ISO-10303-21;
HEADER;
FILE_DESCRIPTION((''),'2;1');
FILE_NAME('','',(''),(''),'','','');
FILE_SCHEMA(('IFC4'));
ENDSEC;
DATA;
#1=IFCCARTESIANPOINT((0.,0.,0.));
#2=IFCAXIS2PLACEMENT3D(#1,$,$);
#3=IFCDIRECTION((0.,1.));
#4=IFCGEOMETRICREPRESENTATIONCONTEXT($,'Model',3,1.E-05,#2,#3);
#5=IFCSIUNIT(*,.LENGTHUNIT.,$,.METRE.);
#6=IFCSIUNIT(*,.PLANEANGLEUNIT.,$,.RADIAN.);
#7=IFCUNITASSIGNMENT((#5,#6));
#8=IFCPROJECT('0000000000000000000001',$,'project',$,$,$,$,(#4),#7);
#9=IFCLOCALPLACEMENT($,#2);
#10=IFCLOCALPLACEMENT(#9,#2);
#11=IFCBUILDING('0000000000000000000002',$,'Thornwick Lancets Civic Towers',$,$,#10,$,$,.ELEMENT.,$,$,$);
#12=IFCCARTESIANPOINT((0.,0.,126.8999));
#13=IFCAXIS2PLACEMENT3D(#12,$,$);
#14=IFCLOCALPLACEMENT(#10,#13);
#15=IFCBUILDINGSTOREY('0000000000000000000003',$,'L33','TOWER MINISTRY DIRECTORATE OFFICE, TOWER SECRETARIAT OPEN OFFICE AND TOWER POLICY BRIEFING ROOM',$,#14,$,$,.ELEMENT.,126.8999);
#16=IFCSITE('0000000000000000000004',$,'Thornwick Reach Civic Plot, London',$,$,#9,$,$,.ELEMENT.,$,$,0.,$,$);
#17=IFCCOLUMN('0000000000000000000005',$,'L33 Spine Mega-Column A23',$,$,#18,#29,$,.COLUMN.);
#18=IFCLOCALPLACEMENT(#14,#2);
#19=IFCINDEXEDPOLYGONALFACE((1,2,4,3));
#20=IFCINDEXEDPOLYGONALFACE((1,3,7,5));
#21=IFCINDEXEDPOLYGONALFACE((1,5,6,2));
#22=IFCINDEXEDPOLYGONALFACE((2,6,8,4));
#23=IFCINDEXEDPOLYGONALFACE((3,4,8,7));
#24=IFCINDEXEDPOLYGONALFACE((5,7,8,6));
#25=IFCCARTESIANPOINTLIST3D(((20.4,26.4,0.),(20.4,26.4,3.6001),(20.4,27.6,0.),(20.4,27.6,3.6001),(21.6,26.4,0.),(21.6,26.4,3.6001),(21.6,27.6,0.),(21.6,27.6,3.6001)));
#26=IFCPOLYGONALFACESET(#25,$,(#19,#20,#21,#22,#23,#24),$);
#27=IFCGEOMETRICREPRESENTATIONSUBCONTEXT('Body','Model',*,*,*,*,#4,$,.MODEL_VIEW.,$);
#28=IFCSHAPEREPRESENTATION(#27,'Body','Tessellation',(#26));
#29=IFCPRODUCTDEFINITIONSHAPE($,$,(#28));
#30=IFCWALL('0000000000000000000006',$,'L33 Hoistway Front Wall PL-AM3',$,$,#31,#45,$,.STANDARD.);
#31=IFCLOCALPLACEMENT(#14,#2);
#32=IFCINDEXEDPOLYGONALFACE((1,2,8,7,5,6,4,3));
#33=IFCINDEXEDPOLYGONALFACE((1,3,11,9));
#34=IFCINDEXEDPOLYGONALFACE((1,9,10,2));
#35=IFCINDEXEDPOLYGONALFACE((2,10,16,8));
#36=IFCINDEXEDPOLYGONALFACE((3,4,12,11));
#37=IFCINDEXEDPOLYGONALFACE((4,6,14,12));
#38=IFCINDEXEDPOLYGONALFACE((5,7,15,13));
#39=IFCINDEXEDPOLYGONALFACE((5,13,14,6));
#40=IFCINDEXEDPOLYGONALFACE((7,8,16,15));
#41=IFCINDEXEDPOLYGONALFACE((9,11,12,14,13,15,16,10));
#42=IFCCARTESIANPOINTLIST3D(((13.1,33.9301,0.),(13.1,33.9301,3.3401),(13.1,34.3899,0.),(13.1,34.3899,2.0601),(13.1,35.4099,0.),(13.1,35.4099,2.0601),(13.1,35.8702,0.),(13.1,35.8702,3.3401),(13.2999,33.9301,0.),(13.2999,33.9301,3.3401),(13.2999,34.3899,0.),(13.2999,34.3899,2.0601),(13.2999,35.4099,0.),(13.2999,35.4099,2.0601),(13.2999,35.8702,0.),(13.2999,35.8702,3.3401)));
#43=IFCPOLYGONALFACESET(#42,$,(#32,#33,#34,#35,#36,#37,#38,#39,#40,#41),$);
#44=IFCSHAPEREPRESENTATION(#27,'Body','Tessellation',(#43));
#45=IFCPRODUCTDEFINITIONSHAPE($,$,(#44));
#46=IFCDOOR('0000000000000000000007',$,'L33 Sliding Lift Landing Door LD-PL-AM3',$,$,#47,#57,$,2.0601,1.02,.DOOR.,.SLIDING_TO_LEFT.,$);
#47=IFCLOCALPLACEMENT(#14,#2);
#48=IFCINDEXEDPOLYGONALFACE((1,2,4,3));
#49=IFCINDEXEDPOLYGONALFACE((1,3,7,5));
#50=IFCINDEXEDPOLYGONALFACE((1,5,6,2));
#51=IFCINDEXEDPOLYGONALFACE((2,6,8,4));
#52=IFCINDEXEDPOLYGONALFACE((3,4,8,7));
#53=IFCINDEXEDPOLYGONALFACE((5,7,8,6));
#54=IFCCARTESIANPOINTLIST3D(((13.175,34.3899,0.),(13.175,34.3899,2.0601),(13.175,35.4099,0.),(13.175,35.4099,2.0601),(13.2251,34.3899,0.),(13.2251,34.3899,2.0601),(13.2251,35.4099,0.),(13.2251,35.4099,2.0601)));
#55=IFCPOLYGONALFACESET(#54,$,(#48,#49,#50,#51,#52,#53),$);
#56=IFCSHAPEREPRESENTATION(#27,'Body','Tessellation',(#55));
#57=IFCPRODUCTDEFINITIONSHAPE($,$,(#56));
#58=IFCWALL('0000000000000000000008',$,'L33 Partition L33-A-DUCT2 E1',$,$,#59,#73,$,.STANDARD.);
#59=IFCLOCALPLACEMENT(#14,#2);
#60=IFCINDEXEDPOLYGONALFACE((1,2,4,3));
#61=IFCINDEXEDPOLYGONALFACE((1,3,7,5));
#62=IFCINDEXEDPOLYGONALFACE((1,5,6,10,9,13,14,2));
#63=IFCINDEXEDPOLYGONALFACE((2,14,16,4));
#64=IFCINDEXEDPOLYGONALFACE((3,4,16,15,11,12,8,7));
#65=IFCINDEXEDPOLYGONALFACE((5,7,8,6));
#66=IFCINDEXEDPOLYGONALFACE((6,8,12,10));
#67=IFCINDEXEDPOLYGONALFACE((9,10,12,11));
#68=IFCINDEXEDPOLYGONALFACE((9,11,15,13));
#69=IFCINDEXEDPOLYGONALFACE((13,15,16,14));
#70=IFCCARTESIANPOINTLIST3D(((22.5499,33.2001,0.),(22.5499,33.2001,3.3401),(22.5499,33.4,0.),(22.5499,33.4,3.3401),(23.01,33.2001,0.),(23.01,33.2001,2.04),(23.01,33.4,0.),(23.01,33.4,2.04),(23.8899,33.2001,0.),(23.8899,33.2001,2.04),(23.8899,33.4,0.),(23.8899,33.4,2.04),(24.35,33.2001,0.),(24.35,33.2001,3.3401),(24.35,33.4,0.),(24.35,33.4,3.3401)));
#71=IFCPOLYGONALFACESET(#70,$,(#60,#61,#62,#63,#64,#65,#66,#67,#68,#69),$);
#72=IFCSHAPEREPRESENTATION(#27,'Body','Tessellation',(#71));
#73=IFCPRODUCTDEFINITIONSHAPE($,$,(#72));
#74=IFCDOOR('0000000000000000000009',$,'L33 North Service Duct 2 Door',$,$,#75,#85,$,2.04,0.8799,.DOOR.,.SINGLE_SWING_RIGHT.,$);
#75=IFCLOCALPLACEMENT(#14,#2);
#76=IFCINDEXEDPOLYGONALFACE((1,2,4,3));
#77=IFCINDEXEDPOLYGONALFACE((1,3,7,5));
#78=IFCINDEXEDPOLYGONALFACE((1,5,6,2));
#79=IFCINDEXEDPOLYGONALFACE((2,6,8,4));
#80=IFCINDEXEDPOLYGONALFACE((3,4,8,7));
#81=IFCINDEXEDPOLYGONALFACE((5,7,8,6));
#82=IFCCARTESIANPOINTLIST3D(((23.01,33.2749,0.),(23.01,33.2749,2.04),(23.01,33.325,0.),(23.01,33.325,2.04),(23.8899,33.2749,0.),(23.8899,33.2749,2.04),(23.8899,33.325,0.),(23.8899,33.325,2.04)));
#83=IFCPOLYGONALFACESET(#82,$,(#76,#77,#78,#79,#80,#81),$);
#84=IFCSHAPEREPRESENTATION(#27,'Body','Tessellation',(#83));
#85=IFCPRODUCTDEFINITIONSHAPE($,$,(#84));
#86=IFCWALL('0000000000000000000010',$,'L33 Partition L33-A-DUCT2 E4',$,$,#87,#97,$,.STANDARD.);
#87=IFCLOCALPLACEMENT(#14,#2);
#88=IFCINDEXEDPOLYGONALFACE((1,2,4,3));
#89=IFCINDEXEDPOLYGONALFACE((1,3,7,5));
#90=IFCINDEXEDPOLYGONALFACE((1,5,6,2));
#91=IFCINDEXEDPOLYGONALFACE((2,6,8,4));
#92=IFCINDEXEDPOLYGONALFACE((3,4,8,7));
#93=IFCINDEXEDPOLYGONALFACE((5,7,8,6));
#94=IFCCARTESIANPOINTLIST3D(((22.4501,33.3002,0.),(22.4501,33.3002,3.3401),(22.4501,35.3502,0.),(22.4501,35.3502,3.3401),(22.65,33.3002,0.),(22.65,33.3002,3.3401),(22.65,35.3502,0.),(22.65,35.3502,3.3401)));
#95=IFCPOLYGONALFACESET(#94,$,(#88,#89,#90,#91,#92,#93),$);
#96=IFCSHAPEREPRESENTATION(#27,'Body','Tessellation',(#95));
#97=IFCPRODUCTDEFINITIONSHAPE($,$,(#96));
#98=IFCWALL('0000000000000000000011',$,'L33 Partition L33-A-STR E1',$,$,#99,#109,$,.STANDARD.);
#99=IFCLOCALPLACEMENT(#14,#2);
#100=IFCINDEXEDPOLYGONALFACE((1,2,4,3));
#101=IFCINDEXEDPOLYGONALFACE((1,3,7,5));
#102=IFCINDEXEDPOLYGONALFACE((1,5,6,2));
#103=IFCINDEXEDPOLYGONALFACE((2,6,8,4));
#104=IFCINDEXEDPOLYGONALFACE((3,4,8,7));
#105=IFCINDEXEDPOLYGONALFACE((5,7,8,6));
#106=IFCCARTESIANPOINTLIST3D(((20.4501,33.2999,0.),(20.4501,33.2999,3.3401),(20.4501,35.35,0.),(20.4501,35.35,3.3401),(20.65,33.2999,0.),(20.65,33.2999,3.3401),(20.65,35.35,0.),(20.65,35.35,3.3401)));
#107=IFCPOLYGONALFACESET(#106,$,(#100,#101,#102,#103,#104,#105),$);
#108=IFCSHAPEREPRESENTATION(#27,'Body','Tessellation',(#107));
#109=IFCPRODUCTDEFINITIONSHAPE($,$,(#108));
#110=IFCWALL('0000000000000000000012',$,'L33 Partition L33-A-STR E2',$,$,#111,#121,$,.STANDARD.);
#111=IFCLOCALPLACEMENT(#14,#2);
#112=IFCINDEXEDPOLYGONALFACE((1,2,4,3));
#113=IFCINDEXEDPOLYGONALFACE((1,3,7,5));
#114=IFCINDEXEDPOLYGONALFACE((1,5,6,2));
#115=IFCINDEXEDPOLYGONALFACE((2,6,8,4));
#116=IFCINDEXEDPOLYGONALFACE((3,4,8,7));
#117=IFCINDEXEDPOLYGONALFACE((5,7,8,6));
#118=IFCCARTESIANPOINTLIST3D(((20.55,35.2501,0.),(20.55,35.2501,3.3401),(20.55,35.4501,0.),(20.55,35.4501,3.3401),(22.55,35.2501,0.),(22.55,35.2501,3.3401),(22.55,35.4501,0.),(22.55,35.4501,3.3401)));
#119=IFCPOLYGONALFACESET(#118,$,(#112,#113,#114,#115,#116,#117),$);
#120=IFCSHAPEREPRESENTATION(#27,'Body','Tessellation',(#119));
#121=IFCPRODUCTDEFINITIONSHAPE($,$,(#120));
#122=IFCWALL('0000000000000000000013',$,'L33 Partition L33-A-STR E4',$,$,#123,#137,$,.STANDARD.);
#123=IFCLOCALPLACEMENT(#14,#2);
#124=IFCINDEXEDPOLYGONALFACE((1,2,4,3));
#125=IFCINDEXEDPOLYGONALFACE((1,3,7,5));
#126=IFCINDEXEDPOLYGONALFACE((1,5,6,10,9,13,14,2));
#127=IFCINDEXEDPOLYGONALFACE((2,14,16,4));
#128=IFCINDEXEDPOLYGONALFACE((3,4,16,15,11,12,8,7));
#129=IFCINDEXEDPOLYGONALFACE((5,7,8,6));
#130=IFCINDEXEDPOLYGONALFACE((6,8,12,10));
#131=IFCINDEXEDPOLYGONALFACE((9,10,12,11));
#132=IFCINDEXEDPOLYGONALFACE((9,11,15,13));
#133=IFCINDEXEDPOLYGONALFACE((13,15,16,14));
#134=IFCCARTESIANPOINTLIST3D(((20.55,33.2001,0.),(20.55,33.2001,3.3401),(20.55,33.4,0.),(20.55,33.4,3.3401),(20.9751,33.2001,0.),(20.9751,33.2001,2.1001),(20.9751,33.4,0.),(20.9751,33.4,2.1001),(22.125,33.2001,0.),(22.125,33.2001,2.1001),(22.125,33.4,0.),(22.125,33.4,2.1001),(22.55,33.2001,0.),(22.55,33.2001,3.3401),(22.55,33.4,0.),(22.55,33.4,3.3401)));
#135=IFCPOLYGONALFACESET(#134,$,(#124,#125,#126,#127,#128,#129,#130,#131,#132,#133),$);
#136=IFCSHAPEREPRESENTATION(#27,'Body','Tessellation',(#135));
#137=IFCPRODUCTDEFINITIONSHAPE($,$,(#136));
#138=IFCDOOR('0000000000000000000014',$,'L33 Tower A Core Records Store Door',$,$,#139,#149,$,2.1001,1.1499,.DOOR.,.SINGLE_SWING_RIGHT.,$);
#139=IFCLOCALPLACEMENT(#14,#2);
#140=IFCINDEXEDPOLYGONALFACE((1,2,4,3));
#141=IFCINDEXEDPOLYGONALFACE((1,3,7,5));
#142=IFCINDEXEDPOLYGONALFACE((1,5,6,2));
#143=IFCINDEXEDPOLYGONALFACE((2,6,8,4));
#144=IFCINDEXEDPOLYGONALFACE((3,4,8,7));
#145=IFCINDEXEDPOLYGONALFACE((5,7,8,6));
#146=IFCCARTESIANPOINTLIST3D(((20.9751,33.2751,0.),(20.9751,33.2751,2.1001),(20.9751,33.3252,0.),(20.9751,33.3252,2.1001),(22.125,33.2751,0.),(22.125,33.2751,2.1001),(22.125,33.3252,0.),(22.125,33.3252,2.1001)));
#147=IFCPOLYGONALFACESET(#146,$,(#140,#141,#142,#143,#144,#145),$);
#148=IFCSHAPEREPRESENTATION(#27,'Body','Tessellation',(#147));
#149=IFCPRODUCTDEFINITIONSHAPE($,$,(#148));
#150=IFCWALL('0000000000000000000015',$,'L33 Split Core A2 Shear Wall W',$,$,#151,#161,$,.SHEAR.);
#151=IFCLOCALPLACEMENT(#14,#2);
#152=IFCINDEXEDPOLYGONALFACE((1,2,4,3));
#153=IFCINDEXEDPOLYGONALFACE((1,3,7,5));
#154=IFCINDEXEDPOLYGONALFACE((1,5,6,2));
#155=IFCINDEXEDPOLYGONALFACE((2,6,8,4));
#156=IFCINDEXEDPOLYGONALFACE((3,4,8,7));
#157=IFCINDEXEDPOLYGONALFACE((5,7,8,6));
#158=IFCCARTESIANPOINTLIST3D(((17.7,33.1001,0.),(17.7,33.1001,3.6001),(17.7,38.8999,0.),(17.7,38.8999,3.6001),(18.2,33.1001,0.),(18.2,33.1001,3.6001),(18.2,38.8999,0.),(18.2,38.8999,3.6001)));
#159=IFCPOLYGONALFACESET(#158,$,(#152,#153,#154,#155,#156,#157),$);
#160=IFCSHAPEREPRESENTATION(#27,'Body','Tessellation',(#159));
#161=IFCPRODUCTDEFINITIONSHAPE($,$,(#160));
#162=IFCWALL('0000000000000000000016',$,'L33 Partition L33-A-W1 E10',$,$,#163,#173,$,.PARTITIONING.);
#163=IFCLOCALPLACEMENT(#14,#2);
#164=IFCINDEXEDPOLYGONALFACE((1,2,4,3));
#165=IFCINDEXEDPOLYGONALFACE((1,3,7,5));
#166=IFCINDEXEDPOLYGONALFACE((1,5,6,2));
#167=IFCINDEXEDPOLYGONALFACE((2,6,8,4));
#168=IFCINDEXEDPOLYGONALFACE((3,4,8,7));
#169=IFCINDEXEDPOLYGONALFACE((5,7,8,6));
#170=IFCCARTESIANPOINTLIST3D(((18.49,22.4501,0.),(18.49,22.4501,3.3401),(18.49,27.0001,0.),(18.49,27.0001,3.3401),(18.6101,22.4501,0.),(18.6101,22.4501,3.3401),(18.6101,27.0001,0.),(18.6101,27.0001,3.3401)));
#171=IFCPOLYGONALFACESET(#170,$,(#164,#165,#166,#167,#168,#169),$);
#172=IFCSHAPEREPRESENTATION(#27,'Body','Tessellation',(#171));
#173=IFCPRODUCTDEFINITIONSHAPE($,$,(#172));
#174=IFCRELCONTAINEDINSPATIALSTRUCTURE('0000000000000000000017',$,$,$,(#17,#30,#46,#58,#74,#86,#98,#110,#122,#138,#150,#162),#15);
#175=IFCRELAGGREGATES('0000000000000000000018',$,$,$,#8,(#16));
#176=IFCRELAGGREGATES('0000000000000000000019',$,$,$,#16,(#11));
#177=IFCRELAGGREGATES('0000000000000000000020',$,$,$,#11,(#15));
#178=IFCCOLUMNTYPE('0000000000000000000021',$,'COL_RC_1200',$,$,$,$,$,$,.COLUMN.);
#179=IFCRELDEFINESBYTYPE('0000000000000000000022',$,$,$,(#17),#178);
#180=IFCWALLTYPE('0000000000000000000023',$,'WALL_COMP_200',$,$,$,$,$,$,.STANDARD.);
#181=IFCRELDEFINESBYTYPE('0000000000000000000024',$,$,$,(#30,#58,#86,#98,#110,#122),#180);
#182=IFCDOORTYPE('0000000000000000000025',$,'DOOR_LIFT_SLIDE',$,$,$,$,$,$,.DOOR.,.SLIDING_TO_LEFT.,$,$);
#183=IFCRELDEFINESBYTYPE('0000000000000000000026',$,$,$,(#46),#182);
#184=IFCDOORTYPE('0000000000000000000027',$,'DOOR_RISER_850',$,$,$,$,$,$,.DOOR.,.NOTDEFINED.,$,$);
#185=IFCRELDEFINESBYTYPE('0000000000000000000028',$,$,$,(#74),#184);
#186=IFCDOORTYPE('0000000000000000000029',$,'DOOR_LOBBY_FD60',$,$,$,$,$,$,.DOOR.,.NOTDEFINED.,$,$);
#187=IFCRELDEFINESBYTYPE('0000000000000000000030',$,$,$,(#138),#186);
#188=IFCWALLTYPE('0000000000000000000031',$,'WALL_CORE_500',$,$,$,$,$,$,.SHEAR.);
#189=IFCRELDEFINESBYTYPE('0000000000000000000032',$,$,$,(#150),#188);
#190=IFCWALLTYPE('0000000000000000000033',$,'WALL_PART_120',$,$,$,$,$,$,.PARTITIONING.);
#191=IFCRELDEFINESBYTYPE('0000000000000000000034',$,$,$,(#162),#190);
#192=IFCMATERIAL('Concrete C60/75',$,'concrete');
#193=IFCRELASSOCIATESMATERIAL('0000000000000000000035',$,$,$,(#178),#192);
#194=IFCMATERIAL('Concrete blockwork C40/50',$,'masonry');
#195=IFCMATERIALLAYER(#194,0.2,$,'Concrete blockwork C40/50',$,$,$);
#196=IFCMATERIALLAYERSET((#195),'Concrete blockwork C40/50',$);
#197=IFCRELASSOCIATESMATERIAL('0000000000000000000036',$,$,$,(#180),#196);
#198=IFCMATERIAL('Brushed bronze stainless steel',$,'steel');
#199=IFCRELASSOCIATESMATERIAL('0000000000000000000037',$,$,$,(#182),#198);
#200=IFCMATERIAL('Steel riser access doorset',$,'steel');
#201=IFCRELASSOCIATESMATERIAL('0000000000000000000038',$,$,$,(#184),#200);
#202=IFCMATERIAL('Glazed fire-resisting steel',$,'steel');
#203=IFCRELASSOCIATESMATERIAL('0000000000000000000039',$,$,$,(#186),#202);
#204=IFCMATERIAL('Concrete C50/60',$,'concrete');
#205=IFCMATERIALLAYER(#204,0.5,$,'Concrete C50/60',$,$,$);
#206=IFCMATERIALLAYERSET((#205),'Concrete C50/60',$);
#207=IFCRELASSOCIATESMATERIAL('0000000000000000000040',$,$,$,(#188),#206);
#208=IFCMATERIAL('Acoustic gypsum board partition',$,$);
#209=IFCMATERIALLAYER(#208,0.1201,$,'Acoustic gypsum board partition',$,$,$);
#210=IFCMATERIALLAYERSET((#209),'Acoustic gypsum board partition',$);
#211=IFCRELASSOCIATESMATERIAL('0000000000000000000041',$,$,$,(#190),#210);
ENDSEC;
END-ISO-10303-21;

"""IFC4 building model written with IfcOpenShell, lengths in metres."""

from ifc_helpers import new_model, si_unit, direction, frame, frame_2d, origin, origin_2d, place, context, subcontext, project, spatial, rectangle, extrude, material, layer, layer_set, material_profile, profile_set, type_object, element, fill, save


model = new_model("IFC4")

# Units and contexts
model_context = context("Model", 3, precision=1e-05, world=origin(), true_north=direction((0.0, 1.0)))
body_context = subcontext(model_context, "Body", "Model", "MODEL_VIEW")
ifc_project = project(units=[si_unit("LENGTHUNIT", "METRE"), si_unit("PLANEANGLEUNIT", "RADIAN")], contexts=[model_context])

# Site, building, storey
site_placement = place(None, origin())
site = spatial("IfcSite", under=ifc_project, at=site_placement, Name="Thornwick Reach Civic Plot, London", CompositionType="ELEMENT", RefElevation=0.0)
building_placement = place(site_placement, origin())
building = spatial("IfcBuilding", under=site, at=building_placement, Name="Thornwick Lancets Civic Towers", CompositionType="ELEMENT")
storey_placement = place(building_placement, frame((0.0, 0.0, 126.8999)))
storey = spatial("IfcBuildingStorey", under=building, at=storey_placement, Name="L33", Description="TOWER MINISTRY DIRECTORATE OFFICE, TOWER SECRETARIAT OPEN OFFICE AND TOWER POLICY BRIEFING ROOM", CompositionType="ELEMENT", Elevation=126.8999)

# Column
ifc_material_1 = material(Name="Concrete C60/75", Category="concrete")
ifc_material_profile = material_profile(ifc_material_1, rectangle(XDim=1.2, YDim=1.2, at=origin_2d()), Name="RC 1200x1200")
ifc_profile_set = profile_set([ifc_material_profile], Name="Concrete C60/75")
column_type = type_object("IfcColumnType", Name="COL_RC_1200", PredefinedType="COLUMN", material=ifc_profile_set)
column_placement = place(storey_placement, frame((21.0, 27.0, 0.0), z_axis=(0.0, 0.0, 1.0), x_axis=(1.0, 0.0, 0.0)))
element("IfcColumn", 1, at=column_placement, inside=storey, type_object=column_type, Name="L33 Spine Mega-Column A23", PredefinedType="COLUMN", context=body_context, shape_type="SweptSolid", body=[
    extrude(rectangle(XDim=1.2, YDim=1.2, at=origin_2d()), origin(), (0.0, 0.0, 1.0), 3.6001),
])

# Walls, openings, doors
ifc_material_2 = material(Name="Concrete blockwork C40/50", Category="masonry")
ifc_layer_1 = layer(ifc_material_2, 0.2, Name="Concrete blockwork C40/50")
ifc_layer_set_1 = layer_set([ifc_layer_1], Name="Concrete blockwork C40/50")
wall_type_1 = type_object("IfcWallType", Name="WALL_COMP_200", PredefinedType="STANDARD", material=ifc_layer_set_1)
wall_1_placement = place(storey_placement, frame((13.2, 33.9299, 0.0), z_axis=(0.0, 0.0, 1.0), x_axis=(0.0, 1.0, 0.0)))
wall_1 = element("IfcWall", 2, at=wall_1_placement, inside=storey, type_object=wall_type_1, Name="L33 Hoistway Front Wall PL-AM3", PredefinedType="STANDARD", context=body_context, shape_type="SweptSolid", body=[
    extrude(rectangle(XDim=1.9402, YDim=0.2, at=frame_2d((0.9702, 0.0))), origin(), (0.0, 0.0, 1.0), 3.3401),
])
opening_1_placement = place(wall_1_placement, frame((0.46, 0.0, 0.0)))
opening_1 = element("IfcOpeningElement", 3, at=opening_1_placement, cuts=wall_1, PredefinedType="OPENING", context=body_context, shape_type="SweptSolid", body=[
    extrude(rectangle(XDim=1.02, YDim=2.0601, at=frame_2d((0.51, 1.03))), frame((0.0, 0.1099, 0.0), z_axis=(0.0, -1.0, 0.0), x_axis=(1.0, 0.0, 0.0)), (0.0, 0.0, 1.0), 0.22),
])
ifc_material_3 = material(Name="Brushed bronze stainless steel", Category="steel")
door_type_1 = type_object("IfcDoorType", Name="DOOR_LIFT_SLIDE", OperationType="SLIDING_TO_LEFT", PredefinedType="DOOR", material=ifc_material_3)
door_1_placement = place(opening_1_placement, origin())
door_1 = element("IfcDoor", 4, at=door_1_placement, inside=storey, type_object=door_type_1, Name="L33 Sliding Lift Landing Door LD-PL-AM3", OperationType="SLIDING_TO_LEFT", OverallHeight=2.0601, OverallWidth=1.02, PredefinedType="DOOR", context=body_context, shape_type="SweptSolid", body=[
    extrude(rectangle(XDim=1.02, YDim=2.0601, at=frame_2d((0.51, 1.03))), frame((0.0, 0.0249, 0.0), z_axis=(0.0, -1.0, 0.0), x_axis=(1.0, 0.0, 0.0)), (0.0, 0.0, 1.0), 0.05),
])
fill(opening_1, door_1)
wall_2_placement = place(storey_placement, frame((22.55, 33.3, 0.0), z_axis=(0.0, 0.0, 1.0), x_axis=(1.0, 0.0, 0.0)))
wall_2 = element("IfcWall", 5, at=wall_2_placement, inside=storey, type_object=wall_type_1, Name="L33 Partition L33-A-DUCT2 E1", PredefinedType="STANDARD", context=body_context, shape_type="SweptSolid", body=[
    extrude(rectangle(XDim=1.8, YDim=0.2, at=frame_2d((0.8999, 0.0))), origin(), (0.0, 0.0, 1.0), 3.3401),
])
opening_2_placement = place(wall_2_placement, frame((0.46, 0.0, 0.0)))
opening_2 = element("IfcOpeningElement", 6, at=opening_2_placement, cuts=wall_2, PredefinedType="OPENING", context=body_context, shape_type="SweptSolid", body=[
    extrude(rectangle(XDim=0.8799, YDim=2.04, at=frame_2d((0.4399, 1.02))), frame((0.0, 0.1099, 0.0), z_axis=(0.0, -1.0, 0.0), x_axis=(1.0, 0.0, 0.0)), (0.0, 0.0, 1.0), 0.22),
])
ifc_material_4 = material(Name="Steel riser access doorset", Category="steel")
door_type_2 = type_object("IfcDoorType", Name="DOOR_RISER_850", OperationType="NOTDEFINED", PredefinedType="DOOR", material=ifc_material_4)
door_2_placement = place(opening_2_placement, origin())
door_2 = element("IfcDoor", 7, at=door_2_placement, inside=storey, type_object=door_type_2, Name="L33 North Service Duct 2 Door", OperationType="SINGLE_SWING_RIGHT", OverallHeight=2.04, OverallWidth=0.8799, PredefinedType="DOOR", context=body_context, shape_type="SweptSolid", body=[
    extrude(rectangle(XDim=0.8799, YDim=2.04, at=frame_2d((0.4399, 1.02))), frame((0.0, 0.0249, 0.0), z_axis=(0.0, -1.0, 0.0), x_axis=(1.0, 0.0, 0.0)), (0.0, 0.0, 1.0), 0.05),
])
fill(opening_2, door_2)

# Walls
for number, where, z_axis, x_axis, name in (
    (8, (22.55, 35.3501, 0.0), (0.0, 0.0, 1.0), (0.0, -1.0, 0.0), "L33 Partition L33-A-DUCT2 E4"),
    (9, (20.55, 33.3, 0.0), (0.0, 0.0, 1.0), (0.0, 1.0, 0.0), "L33 Partition L33-A-STR E1"),
):
    element("IfcWall", number, at=place(storey_placement, frame(where, z_axis=z_axis, x_axis=x_axis)), inside=storey, type_object=wall_type_1, Name=name, PredefinedType="STANDARD", context=body_context, shape_type="SweptSolid", body=[
        extrude(rectangle(XDim=2.05, YDim=0.2, at=frame_2d((1.0249, 0.0))), origin(), (0.0, 0.0, 1.0), 3.3401),
    ])
wall_3_placement = place(storey_placement, frame((20.55, 35.3501, 0.0), z_axis=(0.0, 0.0, 1.0), x_axis=(1.0, 0.0, 0.0)))
element("IfcWall", 10, at=wall_3_placement, inside=storey, type_object=wall_type_1, Name="L33 Partition L33-A-STR E2", PredefinedType="STANDARD", context=body_context, shape_type="SweptSolid", body=[
    extrude(rectangle(XDim=2.0, YDim=0.2, at=frame_2d((1.0, 0.0))), origin(), (0.0, 0.0, 1.0), 3.3401),
])

# Wall, opening, door
wall_4_placement = place(storey_placement, frame((22.55, 33.3, 0.0), z_axis=(0.0, 0.0, 1.0), x_axis=(-1.0, 0.0, 0.0)))
wall_4 = element("IfcWall", 11, at=wall_4_placement, inside=storey, type_object=wall_type_1, Name="L33 Partition L33-A-STR E4", PredefinedType="STANDARD", context=body_context, shape_type="SweptSolid", body=[
    extrude(rectangle(XDim=2.0, YDim=0.2, at=frame_2d((1.0, 0.0))), origin(), (0.0, 0.0, 1.0), 3.3401),
])
opening_3_placement = place(wall_4_placement, frame((0.425, 0.0, 0.0)))
opening_3 = element("IfcOpeningElement", 12, at=opening_3_placement, cuts=wall_4, PredefinedType="OPENING", context=body_context, shape_type="SweptSolid", body=[
    extrude(rectangle(XDim=1.1499, YDim=2.1001, at=frame_2d((0.575, 1.05))), frame((0.0, 0.1099, 0.0), z_axis=(0.0, -1.0, 0.0), x_axis=(1.0, 0.0, 0.0)), (0.0, 0.0, 1.0), 0.22),
])
ifc_material_5 = material(Name="Glazed fire-resisting steel", Category="steel")
door_type_3 = type_object("IfcDoorType", Name="DOOR_LOBBY_FD60", OperationType="NOTDEFINED", PredefinedType="DOOR", material=ifc_material_5)
door_3_placement = place(opening_3_placement, origin())
door_3 = element("IfcDoor", 13, at=door_3_placement, inside=storey, type_object=door_type_3, Name="L33 Tower A Core Records Store Door", OperationType="SINGLE_SWING_RIGHT", OverallHeight=2.1001, OverallWidth=1.1499, PredefinedType="DOOR", context=body_context, shape_type="SweptSolid", body=[
    extrude(rectangle(XDim=1.1499, YDim=2.1001, at=frame_2d((0.575, 1.05))), frame((0.0, 0.0249, 0.0), z_axis=(0.0, -1.0, 0.0), x_axis=(1.0, 0.0, 0.0)), (0.0, 0.0, 1.0), 0.05),
])
fill(opening_3, door_3)

# Walls
ifc_material_6 = material(Name="Concrete C50/60", Category="concrete")
ifc_layer_2 = layer(ifc_material_6, 0.5, Name="Concrete C50/60")
ifc_layer_set_2 = layer_set([ifc_layer_2], Name="Concrete C50/60")
wall_type_2 = type_object("IfcWallType", Name="WALL_CORE_500", PredefinedType="SHEAR", material=ifc_layer_set_2)
wall_5_placement = place(storey_placement, frame((17.95, 33.1001, 0.0), z_axis=(0.0, 0.0, 1.0), x_axis=(0.0, 1.0, 0.0)))
element("IfcWall", 14, at=wall_5_placement, inside=storey, type_object=wall_type_2, Name="L33 Split Core A2 Shear Wall W", PredefinedType="SHEAR", context=body_context, shape_type="SweptSolid", body=[
    extrude(rectangle(XDim=5.7998, YDim=0.5, at=frame_2d((2.8999, 0.0))), origin(), (0.0, 0.0, 1.0), 3.6001),
])
ifc_material_7 = material(Name="Acoustic gypsum board partition")
ifc_layer_3 = layer(ifc_material_7, 0.1201, Name="Acoustic gypsum board partition")
ifc_layer_set_3 = layer_set([ifc_layer_3], Name="Acoustic gypsum board partition")
wall_type_3 = type_object("IfcWallType", Name="WALL_PART_120", PredefinedType="PARTITIONING", material=ifc_layer_set_3)
wall_6_placement = place(storey_placement, frame((18.55, 27.0, 0.0), z_axis=(0.0, 0.0, 1.0), x_axis=(0.0, -1.0, 0.0)))
element("IfcWall", 15, at=wall_6_placement, inside=storey, type_object=wall_type_3, Name="L33 Partition L33-A-W1 E10", PredefinedType="PARTITIONING", context=body_context, shape_type="SweptSolid", body=[
    extrude(rectangle(XDim=4.55, YDim=0.1201, at=frame_2d((2.2749, 0.0))), origin(), (0.0, 0.0, 1.0), 3.3401),
])

save(model, "model.ifc")
